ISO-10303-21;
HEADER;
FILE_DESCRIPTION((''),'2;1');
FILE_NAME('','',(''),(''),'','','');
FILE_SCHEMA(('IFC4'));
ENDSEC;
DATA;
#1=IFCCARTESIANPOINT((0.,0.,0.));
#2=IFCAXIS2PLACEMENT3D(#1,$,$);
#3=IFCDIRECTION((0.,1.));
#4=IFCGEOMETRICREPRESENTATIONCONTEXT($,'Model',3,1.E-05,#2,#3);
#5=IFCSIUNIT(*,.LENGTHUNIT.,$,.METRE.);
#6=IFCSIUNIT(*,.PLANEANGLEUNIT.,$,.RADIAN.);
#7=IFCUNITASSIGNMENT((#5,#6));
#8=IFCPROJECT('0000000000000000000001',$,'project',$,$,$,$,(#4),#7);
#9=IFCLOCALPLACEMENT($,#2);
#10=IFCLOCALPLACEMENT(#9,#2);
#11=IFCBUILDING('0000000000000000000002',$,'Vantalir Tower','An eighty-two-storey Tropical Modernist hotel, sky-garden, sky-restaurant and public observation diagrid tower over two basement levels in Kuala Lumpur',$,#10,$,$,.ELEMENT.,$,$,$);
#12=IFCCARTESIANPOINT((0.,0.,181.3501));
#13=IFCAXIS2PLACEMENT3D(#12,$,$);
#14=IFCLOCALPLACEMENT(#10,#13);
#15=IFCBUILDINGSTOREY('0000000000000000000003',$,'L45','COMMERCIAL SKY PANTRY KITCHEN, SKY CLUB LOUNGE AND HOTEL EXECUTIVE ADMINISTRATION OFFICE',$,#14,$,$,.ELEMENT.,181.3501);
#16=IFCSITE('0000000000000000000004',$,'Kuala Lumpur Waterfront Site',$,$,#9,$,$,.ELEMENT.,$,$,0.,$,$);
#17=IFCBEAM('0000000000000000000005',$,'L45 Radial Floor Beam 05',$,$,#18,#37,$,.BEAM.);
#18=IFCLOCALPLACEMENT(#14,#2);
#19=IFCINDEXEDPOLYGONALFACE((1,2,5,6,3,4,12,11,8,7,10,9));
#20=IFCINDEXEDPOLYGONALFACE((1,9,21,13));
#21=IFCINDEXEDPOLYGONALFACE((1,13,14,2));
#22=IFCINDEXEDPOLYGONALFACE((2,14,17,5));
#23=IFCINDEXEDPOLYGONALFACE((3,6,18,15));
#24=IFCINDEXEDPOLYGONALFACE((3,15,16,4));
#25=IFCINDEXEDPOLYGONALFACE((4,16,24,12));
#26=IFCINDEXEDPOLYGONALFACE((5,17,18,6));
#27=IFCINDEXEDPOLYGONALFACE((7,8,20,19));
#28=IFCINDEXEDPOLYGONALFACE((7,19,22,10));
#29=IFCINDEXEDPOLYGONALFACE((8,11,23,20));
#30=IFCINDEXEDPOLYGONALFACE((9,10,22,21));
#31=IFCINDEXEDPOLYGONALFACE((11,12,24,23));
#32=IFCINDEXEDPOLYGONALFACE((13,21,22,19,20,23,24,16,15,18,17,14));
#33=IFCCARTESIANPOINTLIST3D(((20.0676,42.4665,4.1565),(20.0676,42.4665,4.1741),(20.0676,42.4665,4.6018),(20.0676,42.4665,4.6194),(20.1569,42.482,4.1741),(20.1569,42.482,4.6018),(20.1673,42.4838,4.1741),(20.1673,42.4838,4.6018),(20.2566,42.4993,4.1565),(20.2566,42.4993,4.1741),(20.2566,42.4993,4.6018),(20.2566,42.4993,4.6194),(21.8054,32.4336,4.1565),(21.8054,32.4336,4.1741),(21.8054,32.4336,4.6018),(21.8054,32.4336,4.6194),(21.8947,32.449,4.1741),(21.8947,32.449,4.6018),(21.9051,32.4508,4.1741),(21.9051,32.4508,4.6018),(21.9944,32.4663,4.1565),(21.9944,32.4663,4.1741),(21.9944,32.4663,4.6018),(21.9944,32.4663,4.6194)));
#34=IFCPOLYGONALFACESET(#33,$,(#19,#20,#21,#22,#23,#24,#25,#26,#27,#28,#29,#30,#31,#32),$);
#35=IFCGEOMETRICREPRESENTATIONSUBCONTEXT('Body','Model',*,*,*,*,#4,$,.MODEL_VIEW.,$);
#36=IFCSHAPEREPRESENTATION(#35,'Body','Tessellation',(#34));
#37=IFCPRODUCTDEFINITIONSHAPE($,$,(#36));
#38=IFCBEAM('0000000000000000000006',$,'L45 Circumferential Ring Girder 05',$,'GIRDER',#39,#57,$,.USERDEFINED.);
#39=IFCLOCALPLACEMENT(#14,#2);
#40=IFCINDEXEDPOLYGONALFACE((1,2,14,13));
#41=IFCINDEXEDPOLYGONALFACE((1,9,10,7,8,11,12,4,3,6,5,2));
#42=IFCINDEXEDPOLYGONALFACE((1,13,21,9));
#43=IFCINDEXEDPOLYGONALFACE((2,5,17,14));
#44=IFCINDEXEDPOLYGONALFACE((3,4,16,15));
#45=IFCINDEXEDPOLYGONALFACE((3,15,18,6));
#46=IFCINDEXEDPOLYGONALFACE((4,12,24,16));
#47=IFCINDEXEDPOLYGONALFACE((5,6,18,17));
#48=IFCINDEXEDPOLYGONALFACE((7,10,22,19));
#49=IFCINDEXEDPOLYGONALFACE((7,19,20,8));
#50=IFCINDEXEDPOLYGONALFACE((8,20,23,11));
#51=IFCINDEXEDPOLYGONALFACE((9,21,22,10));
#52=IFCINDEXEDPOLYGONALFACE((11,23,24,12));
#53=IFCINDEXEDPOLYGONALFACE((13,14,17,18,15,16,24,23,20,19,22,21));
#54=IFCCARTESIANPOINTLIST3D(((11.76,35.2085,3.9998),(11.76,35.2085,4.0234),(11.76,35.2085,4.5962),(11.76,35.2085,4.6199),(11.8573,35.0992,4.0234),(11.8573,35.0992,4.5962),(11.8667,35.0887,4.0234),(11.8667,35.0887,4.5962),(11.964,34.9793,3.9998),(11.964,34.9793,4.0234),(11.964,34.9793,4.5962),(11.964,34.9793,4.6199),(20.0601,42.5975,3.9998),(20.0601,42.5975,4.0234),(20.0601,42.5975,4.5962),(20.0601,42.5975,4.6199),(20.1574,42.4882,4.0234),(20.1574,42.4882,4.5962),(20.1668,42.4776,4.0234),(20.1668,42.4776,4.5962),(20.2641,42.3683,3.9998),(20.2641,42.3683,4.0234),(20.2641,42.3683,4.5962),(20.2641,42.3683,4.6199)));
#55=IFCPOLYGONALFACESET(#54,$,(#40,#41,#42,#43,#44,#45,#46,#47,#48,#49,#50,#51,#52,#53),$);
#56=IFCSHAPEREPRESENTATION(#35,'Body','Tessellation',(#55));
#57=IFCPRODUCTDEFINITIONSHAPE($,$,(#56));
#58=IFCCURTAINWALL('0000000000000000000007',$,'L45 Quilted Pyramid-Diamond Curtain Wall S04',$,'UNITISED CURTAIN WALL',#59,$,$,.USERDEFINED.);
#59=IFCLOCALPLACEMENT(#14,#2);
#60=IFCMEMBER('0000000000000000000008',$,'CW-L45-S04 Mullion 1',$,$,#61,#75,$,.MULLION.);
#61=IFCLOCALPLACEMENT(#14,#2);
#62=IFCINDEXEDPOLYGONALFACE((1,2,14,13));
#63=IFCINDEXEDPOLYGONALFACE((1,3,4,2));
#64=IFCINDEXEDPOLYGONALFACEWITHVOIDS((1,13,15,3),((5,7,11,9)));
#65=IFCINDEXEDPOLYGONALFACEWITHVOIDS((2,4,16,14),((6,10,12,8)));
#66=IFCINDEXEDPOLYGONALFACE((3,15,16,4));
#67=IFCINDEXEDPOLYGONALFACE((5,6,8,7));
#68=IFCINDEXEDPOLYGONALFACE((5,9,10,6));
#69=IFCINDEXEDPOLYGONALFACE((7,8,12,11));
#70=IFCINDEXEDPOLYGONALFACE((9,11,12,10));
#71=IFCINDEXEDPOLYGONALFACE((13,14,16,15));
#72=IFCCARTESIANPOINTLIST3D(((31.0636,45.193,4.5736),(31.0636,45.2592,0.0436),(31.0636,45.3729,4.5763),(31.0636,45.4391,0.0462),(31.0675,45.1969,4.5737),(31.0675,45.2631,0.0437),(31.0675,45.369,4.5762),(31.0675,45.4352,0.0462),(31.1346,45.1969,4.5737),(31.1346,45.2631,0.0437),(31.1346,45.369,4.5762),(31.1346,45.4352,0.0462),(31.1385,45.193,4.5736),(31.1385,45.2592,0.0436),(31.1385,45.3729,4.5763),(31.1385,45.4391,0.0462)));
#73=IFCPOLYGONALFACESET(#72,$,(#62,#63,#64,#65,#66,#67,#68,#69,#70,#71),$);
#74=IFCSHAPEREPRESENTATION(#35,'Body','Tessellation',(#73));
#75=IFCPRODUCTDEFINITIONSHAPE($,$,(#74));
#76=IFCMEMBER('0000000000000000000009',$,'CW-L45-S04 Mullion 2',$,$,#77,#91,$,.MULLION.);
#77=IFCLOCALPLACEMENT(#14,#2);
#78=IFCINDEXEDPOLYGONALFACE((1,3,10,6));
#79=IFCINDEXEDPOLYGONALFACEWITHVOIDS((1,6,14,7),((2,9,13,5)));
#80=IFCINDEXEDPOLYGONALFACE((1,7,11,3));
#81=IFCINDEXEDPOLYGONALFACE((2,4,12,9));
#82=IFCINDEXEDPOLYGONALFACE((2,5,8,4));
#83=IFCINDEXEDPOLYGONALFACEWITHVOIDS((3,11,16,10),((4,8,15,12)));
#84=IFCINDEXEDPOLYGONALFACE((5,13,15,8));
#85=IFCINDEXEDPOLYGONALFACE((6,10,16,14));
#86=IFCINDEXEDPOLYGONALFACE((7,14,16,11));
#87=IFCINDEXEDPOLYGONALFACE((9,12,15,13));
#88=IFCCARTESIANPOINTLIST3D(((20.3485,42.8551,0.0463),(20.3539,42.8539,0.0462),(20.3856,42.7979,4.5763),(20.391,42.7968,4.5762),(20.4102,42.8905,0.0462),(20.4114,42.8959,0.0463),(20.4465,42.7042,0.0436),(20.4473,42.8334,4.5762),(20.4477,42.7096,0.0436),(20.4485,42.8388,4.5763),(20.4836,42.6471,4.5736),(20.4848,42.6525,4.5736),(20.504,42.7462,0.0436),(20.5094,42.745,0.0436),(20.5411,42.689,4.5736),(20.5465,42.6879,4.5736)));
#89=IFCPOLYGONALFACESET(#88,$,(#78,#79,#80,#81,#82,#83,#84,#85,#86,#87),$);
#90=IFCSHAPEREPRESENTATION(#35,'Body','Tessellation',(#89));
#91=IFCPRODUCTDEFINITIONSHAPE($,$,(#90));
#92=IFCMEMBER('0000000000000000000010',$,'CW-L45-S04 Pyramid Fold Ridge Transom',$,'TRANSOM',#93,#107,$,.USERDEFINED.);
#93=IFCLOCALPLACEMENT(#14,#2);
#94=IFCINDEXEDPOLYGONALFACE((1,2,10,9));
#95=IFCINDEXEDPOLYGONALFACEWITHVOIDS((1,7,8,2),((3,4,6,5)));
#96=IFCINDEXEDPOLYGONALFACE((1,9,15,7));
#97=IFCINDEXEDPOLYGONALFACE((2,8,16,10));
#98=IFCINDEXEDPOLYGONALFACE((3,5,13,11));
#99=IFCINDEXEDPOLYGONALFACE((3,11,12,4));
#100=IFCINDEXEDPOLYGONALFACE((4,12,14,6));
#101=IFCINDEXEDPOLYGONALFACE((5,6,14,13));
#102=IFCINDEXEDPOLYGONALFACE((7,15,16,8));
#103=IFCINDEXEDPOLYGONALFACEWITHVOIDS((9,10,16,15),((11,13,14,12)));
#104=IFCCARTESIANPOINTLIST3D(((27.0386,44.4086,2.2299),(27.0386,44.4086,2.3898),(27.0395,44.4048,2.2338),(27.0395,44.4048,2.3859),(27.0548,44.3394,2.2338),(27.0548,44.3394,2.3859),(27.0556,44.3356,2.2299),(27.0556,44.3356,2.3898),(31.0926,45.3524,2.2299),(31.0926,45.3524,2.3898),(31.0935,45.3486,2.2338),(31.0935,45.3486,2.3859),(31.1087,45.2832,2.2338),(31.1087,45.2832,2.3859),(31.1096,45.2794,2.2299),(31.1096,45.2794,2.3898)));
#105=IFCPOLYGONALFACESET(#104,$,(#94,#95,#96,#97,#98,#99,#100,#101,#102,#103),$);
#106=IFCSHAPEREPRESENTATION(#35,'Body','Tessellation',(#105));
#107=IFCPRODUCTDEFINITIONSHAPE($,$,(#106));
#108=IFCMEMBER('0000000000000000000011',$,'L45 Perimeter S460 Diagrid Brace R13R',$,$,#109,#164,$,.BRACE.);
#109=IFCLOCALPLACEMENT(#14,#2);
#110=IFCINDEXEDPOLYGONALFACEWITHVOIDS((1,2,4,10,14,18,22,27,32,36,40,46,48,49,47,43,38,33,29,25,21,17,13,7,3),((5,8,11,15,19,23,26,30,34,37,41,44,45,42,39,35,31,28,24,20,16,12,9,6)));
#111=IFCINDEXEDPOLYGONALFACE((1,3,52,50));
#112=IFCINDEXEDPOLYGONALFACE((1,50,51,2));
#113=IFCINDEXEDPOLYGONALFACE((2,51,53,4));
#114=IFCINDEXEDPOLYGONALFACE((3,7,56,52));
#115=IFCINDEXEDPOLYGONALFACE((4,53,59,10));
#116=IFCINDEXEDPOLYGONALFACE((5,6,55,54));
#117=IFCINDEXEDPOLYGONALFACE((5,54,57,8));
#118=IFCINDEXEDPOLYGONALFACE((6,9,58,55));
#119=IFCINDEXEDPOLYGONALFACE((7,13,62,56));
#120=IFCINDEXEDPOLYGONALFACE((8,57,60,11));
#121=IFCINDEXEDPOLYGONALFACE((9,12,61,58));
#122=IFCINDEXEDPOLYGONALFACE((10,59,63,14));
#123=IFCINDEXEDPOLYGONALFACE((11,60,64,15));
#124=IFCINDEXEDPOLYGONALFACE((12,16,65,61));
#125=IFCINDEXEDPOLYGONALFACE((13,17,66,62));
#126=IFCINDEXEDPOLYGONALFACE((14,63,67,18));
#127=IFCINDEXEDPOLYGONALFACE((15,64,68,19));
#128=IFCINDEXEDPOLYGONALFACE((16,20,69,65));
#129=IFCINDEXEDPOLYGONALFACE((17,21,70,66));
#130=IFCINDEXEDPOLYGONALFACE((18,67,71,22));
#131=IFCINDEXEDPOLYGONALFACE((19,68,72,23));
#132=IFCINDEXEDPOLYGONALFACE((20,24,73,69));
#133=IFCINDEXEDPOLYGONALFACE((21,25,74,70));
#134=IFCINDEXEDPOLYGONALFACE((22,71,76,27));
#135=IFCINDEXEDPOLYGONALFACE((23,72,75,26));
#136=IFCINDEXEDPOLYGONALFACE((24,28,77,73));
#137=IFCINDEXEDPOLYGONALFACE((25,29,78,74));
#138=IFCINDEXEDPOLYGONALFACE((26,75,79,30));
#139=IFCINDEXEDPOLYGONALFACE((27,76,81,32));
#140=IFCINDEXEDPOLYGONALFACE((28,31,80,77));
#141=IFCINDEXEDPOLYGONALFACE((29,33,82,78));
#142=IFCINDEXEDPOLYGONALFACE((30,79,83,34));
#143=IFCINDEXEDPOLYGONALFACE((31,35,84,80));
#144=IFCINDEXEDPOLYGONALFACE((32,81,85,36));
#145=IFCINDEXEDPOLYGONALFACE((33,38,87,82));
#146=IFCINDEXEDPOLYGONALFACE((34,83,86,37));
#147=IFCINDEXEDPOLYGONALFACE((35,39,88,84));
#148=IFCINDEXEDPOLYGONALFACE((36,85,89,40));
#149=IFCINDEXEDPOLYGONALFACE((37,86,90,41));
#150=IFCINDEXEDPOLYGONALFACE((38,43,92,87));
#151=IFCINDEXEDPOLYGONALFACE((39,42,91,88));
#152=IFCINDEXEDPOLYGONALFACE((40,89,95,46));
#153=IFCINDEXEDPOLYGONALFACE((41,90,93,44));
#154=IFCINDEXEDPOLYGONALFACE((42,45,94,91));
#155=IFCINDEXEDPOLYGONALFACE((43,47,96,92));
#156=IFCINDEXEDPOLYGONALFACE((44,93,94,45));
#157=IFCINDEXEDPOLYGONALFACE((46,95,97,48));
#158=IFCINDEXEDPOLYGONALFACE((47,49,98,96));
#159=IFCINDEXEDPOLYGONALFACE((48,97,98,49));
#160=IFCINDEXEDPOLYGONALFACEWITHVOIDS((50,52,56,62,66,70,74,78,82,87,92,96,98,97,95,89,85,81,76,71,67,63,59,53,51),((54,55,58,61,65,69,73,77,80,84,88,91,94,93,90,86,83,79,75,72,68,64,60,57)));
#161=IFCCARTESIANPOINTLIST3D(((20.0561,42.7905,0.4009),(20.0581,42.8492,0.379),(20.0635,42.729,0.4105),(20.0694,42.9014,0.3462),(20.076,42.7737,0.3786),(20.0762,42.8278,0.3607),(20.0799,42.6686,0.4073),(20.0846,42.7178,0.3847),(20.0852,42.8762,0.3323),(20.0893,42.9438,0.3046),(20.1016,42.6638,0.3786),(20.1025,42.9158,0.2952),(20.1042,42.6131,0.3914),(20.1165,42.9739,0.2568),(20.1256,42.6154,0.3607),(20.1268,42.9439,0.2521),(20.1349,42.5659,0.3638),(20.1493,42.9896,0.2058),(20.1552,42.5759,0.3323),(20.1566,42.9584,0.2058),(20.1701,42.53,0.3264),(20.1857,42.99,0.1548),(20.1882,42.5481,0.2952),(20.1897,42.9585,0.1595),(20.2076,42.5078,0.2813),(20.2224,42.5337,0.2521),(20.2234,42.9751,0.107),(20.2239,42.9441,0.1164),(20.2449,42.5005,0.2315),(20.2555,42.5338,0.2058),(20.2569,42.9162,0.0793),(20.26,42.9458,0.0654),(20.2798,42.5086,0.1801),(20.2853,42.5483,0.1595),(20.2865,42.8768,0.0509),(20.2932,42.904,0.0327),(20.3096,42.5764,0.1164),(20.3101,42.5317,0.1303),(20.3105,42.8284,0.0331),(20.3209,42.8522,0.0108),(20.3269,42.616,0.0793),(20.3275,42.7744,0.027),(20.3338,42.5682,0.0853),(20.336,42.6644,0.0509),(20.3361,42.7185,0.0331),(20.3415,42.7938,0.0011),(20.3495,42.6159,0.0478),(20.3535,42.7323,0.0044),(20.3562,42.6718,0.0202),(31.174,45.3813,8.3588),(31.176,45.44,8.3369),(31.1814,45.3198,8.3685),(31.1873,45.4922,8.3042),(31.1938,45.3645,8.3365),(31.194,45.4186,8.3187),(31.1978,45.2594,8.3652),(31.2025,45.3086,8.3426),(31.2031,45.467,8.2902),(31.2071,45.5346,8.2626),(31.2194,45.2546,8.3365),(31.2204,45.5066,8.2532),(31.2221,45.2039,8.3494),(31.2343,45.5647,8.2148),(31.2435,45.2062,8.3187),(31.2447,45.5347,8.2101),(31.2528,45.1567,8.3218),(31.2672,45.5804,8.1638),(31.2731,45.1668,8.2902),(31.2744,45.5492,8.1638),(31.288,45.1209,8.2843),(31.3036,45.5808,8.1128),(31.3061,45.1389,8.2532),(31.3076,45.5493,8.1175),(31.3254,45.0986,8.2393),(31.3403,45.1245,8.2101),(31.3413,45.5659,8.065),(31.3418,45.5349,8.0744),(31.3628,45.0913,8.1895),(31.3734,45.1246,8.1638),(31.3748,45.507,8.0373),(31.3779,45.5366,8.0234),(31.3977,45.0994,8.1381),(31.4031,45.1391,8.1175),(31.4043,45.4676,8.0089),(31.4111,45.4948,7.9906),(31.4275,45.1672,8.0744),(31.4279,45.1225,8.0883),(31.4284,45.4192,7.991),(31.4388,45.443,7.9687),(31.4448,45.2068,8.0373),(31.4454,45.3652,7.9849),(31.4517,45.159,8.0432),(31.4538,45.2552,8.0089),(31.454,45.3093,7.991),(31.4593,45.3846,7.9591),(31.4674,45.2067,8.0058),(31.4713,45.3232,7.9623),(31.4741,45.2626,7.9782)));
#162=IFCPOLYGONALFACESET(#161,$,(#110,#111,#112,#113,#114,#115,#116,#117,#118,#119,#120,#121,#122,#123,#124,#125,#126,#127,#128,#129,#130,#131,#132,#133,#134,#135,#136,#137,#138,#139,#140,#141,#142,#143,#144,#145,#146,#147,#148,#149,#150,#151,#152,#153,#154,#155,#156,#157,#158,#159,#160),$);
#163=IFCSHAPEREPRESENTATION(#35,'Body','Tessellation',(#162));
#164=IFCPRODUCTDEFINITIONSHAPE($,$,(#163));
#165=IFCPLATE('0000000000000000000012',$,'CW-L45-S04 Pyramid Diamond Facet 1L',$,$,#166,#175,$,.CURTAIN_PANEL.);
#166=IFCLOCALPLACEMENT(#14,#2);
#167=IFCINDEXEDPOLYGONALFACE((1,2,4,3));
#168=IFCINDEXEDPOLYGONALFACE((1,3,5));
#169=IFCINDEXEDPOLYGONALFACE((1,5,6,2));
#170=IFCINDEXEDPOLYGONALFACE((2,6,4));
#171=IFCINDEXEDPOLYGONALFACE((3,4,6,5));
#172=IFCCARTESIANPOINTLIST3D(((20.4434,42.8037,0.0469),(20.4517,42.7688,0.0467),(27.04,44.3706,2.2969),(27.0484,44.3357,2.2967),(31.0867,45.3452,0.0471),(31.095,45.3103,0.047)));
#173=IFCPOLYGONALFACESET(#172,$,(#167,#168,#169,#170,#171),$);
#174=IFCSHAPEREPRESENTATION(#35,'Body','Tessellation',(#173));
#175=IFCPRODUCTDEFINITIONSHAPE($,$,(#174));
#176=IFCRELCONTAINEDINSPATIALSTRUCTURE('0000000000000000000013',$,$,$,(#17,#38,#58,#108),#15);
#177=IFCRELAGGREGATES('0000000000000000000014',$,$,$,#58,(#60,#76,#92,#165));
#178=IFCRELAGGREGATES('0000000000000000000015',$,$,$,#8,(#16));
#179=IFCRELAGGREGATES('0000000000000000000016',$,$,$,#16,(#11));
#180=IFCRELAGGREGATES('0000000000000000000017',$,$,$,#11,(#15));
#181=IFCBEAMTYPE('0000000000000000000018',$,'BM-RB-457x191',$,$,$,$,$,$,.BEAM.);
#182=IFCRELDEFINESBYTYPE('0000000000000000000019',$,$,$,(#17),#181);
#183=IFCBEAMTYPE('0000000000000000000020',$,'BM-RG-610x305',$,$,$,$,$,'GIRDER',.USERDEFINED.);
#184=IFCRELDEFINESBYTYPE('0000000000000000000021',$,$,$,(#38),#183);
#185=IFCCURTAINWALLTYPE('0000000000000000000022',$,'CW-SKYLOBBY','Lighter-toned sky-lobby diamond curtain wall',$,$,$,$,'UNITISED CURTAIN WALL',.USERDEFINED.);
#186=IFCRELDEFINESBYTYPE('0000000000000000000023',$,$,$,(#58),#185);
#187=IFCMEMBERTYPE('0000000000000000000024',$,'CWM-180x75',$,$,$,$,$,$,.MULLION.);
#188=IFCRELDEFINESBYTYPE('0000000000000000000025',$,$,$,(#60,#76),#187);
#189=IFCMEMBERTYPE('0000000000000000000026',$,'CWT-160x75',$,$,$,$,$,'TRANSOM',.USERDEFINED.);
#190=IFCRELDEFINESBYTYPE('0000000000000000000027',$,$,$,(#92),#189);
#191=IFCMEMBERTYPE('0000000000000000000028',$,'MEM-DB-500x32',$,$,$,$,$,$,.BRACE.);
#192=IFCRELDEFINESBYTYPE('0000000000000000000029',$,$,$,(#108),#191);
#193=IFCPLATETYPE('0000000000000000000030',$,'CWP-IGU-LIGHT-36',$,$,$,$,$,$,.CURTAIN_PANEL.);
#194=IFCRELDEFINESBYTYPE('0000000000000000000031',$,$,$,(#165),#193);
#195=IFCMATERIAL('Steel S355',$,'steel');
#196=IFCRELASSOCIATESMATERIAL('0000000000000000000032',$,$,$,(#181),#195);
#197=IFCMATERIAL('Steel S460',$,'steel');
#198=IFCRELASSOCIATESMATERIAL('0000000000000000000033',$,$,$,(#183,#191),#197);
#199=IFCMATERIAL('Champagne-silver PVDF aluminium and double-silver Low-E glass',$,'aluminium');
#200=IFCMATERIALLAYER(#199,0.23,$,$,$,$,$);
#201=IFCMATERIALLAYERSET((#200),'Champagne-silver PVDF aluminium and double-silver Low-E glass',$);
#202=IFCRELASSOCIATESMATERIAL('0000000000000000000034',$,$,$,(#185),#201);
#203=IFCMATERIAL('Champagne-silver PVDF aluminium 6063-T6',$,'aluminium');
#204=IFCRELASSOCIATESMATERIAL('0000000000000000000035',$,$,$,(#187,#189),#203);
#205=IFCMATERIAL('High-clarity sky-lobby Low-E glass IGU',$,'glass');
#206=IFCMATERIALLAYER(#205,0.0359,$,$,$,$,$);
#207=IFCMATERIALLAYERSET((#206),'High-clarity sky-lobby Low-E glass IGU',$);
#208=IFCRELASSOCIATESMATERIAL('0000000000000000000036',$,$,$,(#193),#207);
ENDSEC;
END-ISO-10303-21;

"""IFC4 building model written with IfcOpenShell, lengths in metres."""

from ifc_helpers import new_model, si_unit, direction, frame, origin, origin_2d, place, context, subcontext, project, spatial, polyline, hollow_rectangle, hollow_circle, i_section, outline, extrude, material, layer, layer_set, material_profile, profile_set, type_object, element, aggregate, save


model = new_model("IFC4")

# Units and contexts
model_context = context("Model", 3, precision=1e-05, world=origin(), true_north=direction((0.0, 1.0)))
body_context = subcontext(model_context, "Body", "Model", "MODEL_VIEW")
ifc_project = project(units=[si_unit("LENGTHUNIT", "METRE"), si_unit("PLANEANGLEUNIT", "RADIAN")], contexts=[model_context])

# Site, building, storey
site_placement = place(None, origin())
site = spatial("IfcSite", under=ifc_project, at=site_placement, Name="Kuala Lumpur Waterfront Site", CompositionType="ELEMENT", RefElevation=0.0)
building_placement = place(site_placement, origin())
building = spatial("IfcBuilding", under=site, at=building_placement, Name="Vantalir Tower", Description="An eighty-two-storey Tropical Modernist hotel, sky-garden, sky-restaurant and public observation diagrid tower over two basement levels in Kuala Lumpur", CompositionType="ELEMENT")
storey_placement = place(building_placement, frame((0.0, 0.0, 181.3501)))
storey = spatial("IfcBuildingStorey", under=building, at=storey_placement, Name="L45", Description="COMMERCIAL SKY PANTRY KITCHEN, SKY CLUB LOUNGE AND HOTEL EXECUTIVE ADMINISTRATION OFFICE", CompositionType="ELEMENT", Elevation=181.3501)

# Shared definitions
ifc_material_1 = material(Name="Steel S460", Category="steel")

# Beams
ifc_material_2 = material(Name="Steel S355", Category="steel")
ifc_material_profile_1 = material_profile(ifc_material_2, i_section(OverallWidth=0.1919, OverallDepth=0.4629, WebThickness=0.0105, FlangeThickness=0.0176, at=origin_2d()), Name="Steel S355")
ifc_profile_set_1 = profile_set([ifc_material_profile_1], Name="Steel S355")
beam_type_1 = type_object("IfcBeamType", Name="BM-RB-457x191", PredefinedType="BEAM", material=ifc_profile_set_1)
beam_1_placement = place(storey_placement, frame((20.1621, 42.4829, 4.3879), z_axis=(0.170667, -0.985329, 0.0), x_axis=(0.985329, 0.170667, 0.0)))
element("IfcBeam", 1, at=beam_1_placement, inside=storey, type_object=beam_type_1, Name="L45 Radial Floor Beam 05", PredefinedType="BEAM", context=body_context, shape_type="SweptSolid", body=[
    extrude(i_section(OverallWidth=0.1919, OverallDepth=0.4629, WebThickness=0.0105, FlangeThickness=0.0176, at=origin_2d()), origin(), (0.0, 0.0, 1.0), 10.1824),
])
ifc_material_profile_2 = material_profile(ifc_material_1, i_section(OverallWidth=0.3069, OverallDepth=0.6201, WebThickness=0.0142, FlangeThickness=0.0237, at=origin_2d()), Name="Steel S460")
ifc_profile_set_2 = profile_set([ifc_material_profile_2], Name="Steel S460")
beam_type_2 = type_object("IfcBeamType", Name="BM-RG-610x305", ElementType="GIRDER", PredefinedType="USERDEFINED", material=ifc_profile_set_2)
beam_2_placement = place(storey_placement, frame((20.1621, 42.4829, 4.3098), z_axis=(-0.746913, -0.664921, 0.0), x_axis=(0.664921, -0.746913, 0.0)))
element("IfcBeam", 2, at=beam_2_placement, inside=storey, type_object=beam_type_2, Name="L45 Circumferential Ring Girder 05", ObjectType="GIRDER", PredefinedType="USERDEFINED", context=body_context, shape_type="SweptSolid", body=[
    extrude(i_section(OverallWidth=0.3069, OverallDepth=0.6201, WebThickness=0.0142, FlangeThickness=0.0237, at=origin_2d()), origin(), (0.0, 0.0, 1.0), 11.1125),
])

# Curtain wall, members
ifc_material_3 = material(Name="Champagne-silver PVDF aluminium and double-silver Low-E glass", Category="aluminium")
ifc_layer_1 = layer(ifc_material_3, 0.23)
ifc_layer_set_1 = layer_set([ifc_layer_1], Name="Champagne-silver PVDF aluminium and double-silver Low-E glass")
curtain_wall_type = type_object("IfcCurtainWallType", Name="CW-SKYLOBBY", Description="Lighter-toned sky-lobby diamond curtain wall", ElementType="UNITISED CURTAIN WALL", PredefinedType="USERDEFINED", material=ifc_layer_set_1)
curtain_wall_placement = place(storey_placement, origin())
curtain_wall = element("IfcCurtainWall", 3, at=curtain_wall_placement, inside=storey, type_object=curtain_wall_type, Name="L45 Quilted Pyramid-Diamond Curtain Wall S04", ObjectType="UNITISED CURTAIN WALL", PredefinedType="USERDEFINED")
ifc_material_4 = material(Name="Champagne-silver PVDF aluminium 6063-T6", Category="aluminium")
ifc_material_profile_3 = material_profile(ifc_material_4, hollow_rectangle(XDim=0.075, YDim=0.1799, WallThickness=0.0039, at=origin_2d()), Name="Champagne-silver PVDF aluminium 6063-T6")
ifc_profile_set_3 = profile_set([ifc_material_profile_3], Name="Champagne-silver PVDF aluminium 6063-T6")
member_type_1 = type_object("IfcMemberType", Name="CWM-180x75", PredefinedType="MULLION", material=ifc_profile_set_3)
member_1_placement = place(storey_placement, frame((31.1011, 45.3491, 0.0449), z_axis=(0.0, -0.014604, 0.999893), x_axis=(1.0, 0.0, 0.0)))
member_1 = element("IfcMember", 4, at=member_1_placement, type_object=member_type_1, Name="CW-L45-S04 Mullion 1", PredefinedType="MULLION", context=body_context, shape_type="SweptSolid", body=[
    extrude(hollow_rectangle(XDim=0.075, YDim=0.1799, WallThickness=0.0039, at=origin_2d()), origin(), (0.0, 0.0, 1.0), 4.5305),
])
member_2_placement = place(storey_placement, frame((20.429, 42.8, 0.0449), z_axis=(0.008191, -0.01261, 0.999887), x_axis=(0.838607, 0.544736, 0.0)))
member_2 = element("IfcMember", 5, at=member_2_placement, type_object=member_type_1, Name="CW-L45-S04 Mullion 2", PredefinedType="MULLION", context=body_context, shape_type="SweptSolid", body=[
    extrude(hollow_rectangle(XDim=0.075, YDim=0.1799, WallThickness=0.0039, at=origin_2d()), origin(), (0.0, 0.0, 1.0), 4.5305),
])
ifc_material_profile_4 = material_profile(ifc_material_4, hollow_rectangle(XDim=0.075, YDim=0.1599, WallThickness=0.0039, at=origin_2d()), Name="Champagne-silver PVDF aluminium 6063-T6")
ifc_profile_set_4 = profile_set([ifc_material_profile_4], Name="Champagne-silver PVDF aluminium 6063-T6")
member_type_2 = type_object("IfcMemberType", Name="CWT-160x75", ElementType="TRANSOM", PredefinedType="USERDEFINED", material=ifc_profile_set_4)
member_3_placement = place(storey_placement, frame((31.1011, 45.3159, 2.3098), z_axis=(-0.973951, -0.226757, 0.0), x_axis=(0.226757, -0.973951, 0.0)))
member_3 = element("IfcMember", 6, at=member_3_placement, type_object=member_type_2, Name="CW-L45-S04 Pyramid Fold Ridge Transom", ObjectType="TRANSOM", PredefinedType="USERDEFINED", context=body_context, shape_type="SweptSolid", body=[
    extrude(hollow_rectangle(XDim=0.075, YDim=0.1599, WallThickness=0.0039, at=origin_2d()), origin(), (0.0, 0.0, 1.0), 4.1624),
])

# Member
ifc_material_profile_5 = material_profile(ifc_material_1, hollow_circle(Radius=0.25, WallThickness=0.032, at=origin_2d()), Name="Steel S460")
ifc_profile_set_5 = profile_set([ifc_material_profile_5], Name="Steel S460")
member_type_3 = type_object("IfcMemberType", Name="MEM-DB-500x32", PredefinedType="BRACE", material=ifc_profile_set_5)
member_4_placement = place(storey_placement, frame((20.2061, 42.7461, 0.2058), z_axis=(0.79894, 0.186178, 0.571867), x_axis=(-0.22695, 0.973906, 0.0)))
element("IfcMember", 7, at=member_4_placement, inside=storey, type_object=member_type_3, Name="L45 Perimeter S460 Diagrid Brace R13R", PredefinedType="BRACE", context=body_context, shape_type="SweptSolid", body=[
    extrude(hollow_circle(Radius=0.25, WallThickness=0.032, at=origin_2d()), origin(), (0.0, 0.0, 1.0), 13.9158),
])

# Plate
ifc_material_5 = material(Name="High-clarity sky-lobby Low-E glass IGU", Category="glass")
ifc_layer_2 = layer(ifc_material_5, 0.0359)
ifc_layer_set_2 = layer_set([ifc_layer_2], Name="High-clarity sky-lobby Low-E glass IGU")
plate_type_1 = type_object("IfcPlateType", Name="CWP-IGU-LIGHT-36", PredefinedType="CURTAIN_PANEL", material=ifc_layer_set_2)
plate_1_placement = place(storey_placement, frame((31.0867, 45.3452, 0.0471), z_axis=(-0.232258, 0.972648, 0.003596), x_axis=(-0.972654, -0.232259, -0.000022)))
plate_1 = element("IfcPlate", 8, at=plate_1_placement, type_object=plate_type_1, Name="CW-L45-S04 Pyramid Diamond Facet 1L", PredefinedType="CURTAIN_PANEL", context=body_context, shape_type="SweptSolid", body=[
    extrude(outline(polyline([(0.0, 0.0), (10.9425, 0.0), (4.1623, 2.2499), (0.0, 0.0)])), origin(), (0.0, 0.0, -1.0), 0.0359),
])
aggregate(curtain_wall, [member_1, member_2, member_3, plate_1])

save(model, "model.ifc")
